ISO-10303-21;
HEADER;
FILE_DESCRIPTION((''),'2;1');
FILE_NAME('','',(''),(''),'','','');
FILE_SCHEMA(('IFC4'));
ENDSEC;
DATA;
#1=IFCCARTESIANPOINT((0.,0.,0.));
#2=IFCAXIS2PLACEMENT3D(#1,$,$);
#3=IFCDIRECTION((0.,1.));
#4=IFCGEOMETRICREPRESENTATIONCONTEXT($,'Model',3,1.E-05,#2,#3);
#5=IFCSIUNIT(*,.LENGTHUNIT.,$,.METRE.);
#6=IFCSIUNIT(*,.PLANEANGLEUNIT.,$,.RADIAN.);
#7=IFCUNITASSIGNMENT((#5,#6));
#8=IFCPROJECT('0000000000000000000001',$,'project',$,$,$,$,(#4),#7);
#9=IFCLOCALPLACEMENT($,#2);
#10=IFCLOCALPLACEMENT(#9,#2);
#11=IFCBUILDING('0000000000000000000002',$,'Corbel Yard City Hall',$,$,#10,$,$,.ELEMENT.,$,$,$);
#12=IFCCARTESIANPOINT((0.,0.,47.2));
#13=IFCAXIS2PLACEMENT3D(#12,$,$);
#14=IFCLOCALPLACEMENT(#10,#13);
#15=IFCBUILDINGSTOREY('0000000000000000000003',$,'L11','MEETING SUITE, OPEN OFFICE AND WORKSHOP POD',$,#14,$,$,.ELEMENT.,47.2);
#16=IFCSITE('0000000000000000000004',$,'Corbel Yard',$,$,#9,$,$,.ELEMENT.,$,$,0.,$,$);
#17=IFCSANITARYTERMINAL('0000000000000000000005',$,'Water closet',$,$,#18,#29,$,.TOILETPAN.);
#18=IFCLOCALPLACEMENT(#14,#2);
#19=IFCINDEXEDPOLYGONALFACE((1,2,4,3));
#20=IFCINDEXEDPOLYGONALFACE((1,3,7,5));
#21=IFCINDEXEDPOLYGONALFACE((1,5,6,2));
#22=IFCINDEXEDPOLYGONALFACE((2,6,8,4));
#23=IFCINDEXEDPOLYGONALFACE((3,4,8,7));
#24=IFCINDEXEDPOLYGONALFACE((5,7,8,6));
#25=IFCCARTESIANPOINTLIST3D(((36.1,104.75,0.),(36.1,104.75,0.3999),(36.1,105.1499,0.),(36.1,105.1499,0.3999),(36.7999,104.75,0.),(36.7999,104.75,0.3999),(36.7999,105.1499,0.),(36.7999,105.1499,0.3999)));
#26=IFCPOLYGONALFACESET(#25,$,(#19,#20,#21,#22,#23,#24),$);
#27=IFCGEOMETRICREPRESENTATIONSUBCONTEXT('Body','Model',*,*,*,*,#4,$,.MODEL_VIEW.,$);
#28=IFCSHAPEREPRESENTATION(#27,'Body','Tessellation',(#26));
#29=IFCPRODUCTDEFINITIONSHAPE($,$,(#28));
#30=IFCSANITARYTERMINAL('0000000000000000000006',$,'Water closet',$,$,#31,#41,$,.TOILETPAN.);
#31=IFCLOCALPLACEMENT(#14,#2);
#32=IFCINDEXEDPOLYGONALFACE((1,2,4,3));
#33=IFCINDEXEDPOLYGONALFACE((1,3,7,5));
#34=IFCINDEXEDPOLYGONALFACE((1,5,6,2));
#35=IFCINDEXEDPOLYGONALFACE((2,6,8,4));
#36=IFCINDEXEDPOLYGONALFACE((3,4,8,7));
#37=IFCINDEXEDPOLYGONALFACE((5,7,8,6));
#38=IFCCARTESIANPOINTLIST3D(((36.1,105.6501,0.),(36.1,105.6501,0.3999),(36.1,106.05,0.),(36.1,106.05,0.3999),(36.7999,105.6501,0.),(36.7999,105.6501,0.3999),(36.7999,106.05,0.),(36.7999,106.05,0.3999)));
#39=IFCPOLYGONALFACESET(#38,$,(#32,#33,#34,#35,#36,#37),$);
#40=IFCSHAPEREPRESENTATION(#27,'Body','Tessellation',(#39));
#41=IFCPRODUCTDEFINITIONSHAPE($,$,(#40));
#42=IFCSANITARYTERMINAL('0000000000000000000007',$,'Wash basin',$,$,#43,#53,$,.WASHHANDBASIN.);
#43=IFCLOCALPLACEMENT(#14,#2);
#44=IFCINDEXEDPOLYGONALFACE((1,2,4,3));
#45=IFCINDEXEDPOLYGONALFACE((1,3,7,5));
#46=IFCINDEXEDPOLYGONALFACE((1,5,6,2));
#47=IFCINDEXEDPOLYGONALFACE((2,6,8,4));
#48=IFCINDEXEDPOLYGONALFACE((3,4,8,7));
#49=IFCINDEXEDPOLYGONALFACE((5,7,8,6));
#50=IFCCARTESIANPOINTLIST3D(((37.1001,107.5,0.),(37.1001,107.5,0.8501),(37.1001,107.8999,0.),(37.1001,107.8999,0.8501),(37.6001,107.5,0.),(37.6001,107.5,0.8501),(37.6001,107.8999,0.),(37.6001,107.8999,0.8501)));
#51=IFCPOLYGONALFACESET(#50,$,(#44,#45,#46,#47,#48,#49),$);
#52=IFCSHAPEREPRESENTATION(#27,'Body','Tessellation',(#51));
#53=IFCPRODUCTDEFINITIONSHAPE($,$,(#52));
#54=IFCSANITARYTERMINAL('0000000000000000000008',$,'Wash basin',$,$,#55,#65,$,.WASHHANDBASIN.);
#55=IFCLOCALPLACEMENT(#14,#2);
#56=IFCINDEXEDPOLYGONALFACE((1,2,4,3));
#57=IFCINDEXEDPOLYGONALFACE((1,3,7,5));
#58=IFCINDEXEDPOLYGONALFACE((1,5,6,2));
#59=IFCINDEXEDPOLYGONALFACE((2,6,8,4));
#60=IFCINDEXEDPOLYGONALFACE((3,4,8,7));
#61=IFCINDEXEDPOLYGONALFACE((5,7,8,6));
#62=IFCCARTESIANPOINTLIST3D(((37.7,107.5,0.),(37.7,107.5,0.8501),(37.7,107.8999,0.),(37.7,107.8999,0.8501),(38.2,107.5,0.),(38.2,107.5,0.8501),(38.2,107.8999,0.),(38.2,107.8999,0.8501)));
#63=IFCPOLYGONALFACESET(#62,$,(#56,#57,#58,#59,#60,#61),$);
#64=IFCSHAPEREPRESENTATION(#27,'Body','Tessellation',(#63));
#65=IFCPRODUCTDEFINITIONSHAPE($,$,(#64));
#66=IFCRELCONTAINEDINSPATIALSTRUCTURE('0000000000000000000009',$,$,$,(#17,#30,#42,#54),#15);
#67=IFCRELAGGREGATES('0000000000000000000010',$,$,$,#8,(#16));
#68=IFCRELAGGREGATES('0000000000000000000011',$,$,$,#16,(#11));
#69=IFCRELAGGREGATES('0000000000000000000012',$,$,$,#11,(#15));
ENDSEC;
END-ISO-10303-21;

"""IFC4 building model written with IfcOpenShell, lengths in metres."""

from ifc_helpers import new_model, si_unit, direction, frame, origin, origin_2d, place, context, subcontext, project, spatial, rectangle, extrude, element, save


model = new_model("IFC4")

# Units and contexts
model_context = context("Model", 3, precision=1e-05, world=origin(), true_north=direction((0.0, 1.0)))
body_context = subcontext(model_context, "Body", "Model", "MODEL_VIEW")
ifc_project = project(units=[si_unit("LENGTHUNIT", "METRE"), si_unit("PLANEANGLEUNIT", "RADIAN")], contexts=[model_context])

# Site, building, storey
site_placement = place(None, origin())
site = spatial("IfcSite", under=ifc_project, at=site_placement, Name="Corbel Yard", CompositionType="ELEMENT", RefElevation=0.0)
building_placement = place(site_placement, origin())
building = spatial("IfcBuilding", under=site, at=building_placement, Name="Corbel Yard City Hall", CompositionType="ELEMENT")
storey_placement = place(building_placement, frame((0.0, 0.0, 47.2)))
storey = spatial("IfcBuildingStorey", under=building, at=storey_placement, Name="L11", Description="MEETING SUITE, OPEN OFFICE AND WORKSHOP POD", CompositionType="ELEMENT", Elevation=47.2)

# Sanitary terminals
for number, where, z_axis, x_axis, name in (
    (1, (36.45, 104.95, 0.0), (0.0, 0.0, 1.0), (1.0, 0.0, 0.0), "Water closet"),
    (2, (36.45, 105.8501, 0.0), (0.0, 0.0, 1.0), (1.0, 0.0, 0.0), "Water closet"),
):
    element("IfcSanitaryTerminal", number, at=place(storey_placement, frame(where, z_axis=z_axis, x_axis=x_axis)), inside=storey, Name=name, PredefinedType="TOILETPAN", context=body_context, shape_type="SweptSolid", body=[
        extrude(rectangle(XDim=0.7, YDim=0.3999, at=origin_2d()), origin(), (0.0, 0.0, 1.0), 0.3999),
    ])
for number, where, z_axis, x_axis, name in (
    (3, (37.3501, 107.7, 0.0), (0.0, 0.0, 1.0), (1.0, 0.0, 0.0), "Wash basin"),
    (4, (37.95, 107.7, 0.0), (0.0, 0.0, 1.0), (1.0, 0.0, 0.0), "Wash basin"),
):
    element("IfcSanitaryTerminal", number, at=place(storey_placement, frame(where, z_axis=z_axis, x_axis=x_axis)), inside=storey, Name=name, PredefinedType="WASHHANDBASIN", context=body_context, shape_type="SweptSolid", body=[
        extrude(rectangle(XDim=0.5, YDim=0.3999, at=origin_2d()), origin(), (0.0, 0.0, 1.0), 0.8501),
    ])

save(model, "model.ifc")
